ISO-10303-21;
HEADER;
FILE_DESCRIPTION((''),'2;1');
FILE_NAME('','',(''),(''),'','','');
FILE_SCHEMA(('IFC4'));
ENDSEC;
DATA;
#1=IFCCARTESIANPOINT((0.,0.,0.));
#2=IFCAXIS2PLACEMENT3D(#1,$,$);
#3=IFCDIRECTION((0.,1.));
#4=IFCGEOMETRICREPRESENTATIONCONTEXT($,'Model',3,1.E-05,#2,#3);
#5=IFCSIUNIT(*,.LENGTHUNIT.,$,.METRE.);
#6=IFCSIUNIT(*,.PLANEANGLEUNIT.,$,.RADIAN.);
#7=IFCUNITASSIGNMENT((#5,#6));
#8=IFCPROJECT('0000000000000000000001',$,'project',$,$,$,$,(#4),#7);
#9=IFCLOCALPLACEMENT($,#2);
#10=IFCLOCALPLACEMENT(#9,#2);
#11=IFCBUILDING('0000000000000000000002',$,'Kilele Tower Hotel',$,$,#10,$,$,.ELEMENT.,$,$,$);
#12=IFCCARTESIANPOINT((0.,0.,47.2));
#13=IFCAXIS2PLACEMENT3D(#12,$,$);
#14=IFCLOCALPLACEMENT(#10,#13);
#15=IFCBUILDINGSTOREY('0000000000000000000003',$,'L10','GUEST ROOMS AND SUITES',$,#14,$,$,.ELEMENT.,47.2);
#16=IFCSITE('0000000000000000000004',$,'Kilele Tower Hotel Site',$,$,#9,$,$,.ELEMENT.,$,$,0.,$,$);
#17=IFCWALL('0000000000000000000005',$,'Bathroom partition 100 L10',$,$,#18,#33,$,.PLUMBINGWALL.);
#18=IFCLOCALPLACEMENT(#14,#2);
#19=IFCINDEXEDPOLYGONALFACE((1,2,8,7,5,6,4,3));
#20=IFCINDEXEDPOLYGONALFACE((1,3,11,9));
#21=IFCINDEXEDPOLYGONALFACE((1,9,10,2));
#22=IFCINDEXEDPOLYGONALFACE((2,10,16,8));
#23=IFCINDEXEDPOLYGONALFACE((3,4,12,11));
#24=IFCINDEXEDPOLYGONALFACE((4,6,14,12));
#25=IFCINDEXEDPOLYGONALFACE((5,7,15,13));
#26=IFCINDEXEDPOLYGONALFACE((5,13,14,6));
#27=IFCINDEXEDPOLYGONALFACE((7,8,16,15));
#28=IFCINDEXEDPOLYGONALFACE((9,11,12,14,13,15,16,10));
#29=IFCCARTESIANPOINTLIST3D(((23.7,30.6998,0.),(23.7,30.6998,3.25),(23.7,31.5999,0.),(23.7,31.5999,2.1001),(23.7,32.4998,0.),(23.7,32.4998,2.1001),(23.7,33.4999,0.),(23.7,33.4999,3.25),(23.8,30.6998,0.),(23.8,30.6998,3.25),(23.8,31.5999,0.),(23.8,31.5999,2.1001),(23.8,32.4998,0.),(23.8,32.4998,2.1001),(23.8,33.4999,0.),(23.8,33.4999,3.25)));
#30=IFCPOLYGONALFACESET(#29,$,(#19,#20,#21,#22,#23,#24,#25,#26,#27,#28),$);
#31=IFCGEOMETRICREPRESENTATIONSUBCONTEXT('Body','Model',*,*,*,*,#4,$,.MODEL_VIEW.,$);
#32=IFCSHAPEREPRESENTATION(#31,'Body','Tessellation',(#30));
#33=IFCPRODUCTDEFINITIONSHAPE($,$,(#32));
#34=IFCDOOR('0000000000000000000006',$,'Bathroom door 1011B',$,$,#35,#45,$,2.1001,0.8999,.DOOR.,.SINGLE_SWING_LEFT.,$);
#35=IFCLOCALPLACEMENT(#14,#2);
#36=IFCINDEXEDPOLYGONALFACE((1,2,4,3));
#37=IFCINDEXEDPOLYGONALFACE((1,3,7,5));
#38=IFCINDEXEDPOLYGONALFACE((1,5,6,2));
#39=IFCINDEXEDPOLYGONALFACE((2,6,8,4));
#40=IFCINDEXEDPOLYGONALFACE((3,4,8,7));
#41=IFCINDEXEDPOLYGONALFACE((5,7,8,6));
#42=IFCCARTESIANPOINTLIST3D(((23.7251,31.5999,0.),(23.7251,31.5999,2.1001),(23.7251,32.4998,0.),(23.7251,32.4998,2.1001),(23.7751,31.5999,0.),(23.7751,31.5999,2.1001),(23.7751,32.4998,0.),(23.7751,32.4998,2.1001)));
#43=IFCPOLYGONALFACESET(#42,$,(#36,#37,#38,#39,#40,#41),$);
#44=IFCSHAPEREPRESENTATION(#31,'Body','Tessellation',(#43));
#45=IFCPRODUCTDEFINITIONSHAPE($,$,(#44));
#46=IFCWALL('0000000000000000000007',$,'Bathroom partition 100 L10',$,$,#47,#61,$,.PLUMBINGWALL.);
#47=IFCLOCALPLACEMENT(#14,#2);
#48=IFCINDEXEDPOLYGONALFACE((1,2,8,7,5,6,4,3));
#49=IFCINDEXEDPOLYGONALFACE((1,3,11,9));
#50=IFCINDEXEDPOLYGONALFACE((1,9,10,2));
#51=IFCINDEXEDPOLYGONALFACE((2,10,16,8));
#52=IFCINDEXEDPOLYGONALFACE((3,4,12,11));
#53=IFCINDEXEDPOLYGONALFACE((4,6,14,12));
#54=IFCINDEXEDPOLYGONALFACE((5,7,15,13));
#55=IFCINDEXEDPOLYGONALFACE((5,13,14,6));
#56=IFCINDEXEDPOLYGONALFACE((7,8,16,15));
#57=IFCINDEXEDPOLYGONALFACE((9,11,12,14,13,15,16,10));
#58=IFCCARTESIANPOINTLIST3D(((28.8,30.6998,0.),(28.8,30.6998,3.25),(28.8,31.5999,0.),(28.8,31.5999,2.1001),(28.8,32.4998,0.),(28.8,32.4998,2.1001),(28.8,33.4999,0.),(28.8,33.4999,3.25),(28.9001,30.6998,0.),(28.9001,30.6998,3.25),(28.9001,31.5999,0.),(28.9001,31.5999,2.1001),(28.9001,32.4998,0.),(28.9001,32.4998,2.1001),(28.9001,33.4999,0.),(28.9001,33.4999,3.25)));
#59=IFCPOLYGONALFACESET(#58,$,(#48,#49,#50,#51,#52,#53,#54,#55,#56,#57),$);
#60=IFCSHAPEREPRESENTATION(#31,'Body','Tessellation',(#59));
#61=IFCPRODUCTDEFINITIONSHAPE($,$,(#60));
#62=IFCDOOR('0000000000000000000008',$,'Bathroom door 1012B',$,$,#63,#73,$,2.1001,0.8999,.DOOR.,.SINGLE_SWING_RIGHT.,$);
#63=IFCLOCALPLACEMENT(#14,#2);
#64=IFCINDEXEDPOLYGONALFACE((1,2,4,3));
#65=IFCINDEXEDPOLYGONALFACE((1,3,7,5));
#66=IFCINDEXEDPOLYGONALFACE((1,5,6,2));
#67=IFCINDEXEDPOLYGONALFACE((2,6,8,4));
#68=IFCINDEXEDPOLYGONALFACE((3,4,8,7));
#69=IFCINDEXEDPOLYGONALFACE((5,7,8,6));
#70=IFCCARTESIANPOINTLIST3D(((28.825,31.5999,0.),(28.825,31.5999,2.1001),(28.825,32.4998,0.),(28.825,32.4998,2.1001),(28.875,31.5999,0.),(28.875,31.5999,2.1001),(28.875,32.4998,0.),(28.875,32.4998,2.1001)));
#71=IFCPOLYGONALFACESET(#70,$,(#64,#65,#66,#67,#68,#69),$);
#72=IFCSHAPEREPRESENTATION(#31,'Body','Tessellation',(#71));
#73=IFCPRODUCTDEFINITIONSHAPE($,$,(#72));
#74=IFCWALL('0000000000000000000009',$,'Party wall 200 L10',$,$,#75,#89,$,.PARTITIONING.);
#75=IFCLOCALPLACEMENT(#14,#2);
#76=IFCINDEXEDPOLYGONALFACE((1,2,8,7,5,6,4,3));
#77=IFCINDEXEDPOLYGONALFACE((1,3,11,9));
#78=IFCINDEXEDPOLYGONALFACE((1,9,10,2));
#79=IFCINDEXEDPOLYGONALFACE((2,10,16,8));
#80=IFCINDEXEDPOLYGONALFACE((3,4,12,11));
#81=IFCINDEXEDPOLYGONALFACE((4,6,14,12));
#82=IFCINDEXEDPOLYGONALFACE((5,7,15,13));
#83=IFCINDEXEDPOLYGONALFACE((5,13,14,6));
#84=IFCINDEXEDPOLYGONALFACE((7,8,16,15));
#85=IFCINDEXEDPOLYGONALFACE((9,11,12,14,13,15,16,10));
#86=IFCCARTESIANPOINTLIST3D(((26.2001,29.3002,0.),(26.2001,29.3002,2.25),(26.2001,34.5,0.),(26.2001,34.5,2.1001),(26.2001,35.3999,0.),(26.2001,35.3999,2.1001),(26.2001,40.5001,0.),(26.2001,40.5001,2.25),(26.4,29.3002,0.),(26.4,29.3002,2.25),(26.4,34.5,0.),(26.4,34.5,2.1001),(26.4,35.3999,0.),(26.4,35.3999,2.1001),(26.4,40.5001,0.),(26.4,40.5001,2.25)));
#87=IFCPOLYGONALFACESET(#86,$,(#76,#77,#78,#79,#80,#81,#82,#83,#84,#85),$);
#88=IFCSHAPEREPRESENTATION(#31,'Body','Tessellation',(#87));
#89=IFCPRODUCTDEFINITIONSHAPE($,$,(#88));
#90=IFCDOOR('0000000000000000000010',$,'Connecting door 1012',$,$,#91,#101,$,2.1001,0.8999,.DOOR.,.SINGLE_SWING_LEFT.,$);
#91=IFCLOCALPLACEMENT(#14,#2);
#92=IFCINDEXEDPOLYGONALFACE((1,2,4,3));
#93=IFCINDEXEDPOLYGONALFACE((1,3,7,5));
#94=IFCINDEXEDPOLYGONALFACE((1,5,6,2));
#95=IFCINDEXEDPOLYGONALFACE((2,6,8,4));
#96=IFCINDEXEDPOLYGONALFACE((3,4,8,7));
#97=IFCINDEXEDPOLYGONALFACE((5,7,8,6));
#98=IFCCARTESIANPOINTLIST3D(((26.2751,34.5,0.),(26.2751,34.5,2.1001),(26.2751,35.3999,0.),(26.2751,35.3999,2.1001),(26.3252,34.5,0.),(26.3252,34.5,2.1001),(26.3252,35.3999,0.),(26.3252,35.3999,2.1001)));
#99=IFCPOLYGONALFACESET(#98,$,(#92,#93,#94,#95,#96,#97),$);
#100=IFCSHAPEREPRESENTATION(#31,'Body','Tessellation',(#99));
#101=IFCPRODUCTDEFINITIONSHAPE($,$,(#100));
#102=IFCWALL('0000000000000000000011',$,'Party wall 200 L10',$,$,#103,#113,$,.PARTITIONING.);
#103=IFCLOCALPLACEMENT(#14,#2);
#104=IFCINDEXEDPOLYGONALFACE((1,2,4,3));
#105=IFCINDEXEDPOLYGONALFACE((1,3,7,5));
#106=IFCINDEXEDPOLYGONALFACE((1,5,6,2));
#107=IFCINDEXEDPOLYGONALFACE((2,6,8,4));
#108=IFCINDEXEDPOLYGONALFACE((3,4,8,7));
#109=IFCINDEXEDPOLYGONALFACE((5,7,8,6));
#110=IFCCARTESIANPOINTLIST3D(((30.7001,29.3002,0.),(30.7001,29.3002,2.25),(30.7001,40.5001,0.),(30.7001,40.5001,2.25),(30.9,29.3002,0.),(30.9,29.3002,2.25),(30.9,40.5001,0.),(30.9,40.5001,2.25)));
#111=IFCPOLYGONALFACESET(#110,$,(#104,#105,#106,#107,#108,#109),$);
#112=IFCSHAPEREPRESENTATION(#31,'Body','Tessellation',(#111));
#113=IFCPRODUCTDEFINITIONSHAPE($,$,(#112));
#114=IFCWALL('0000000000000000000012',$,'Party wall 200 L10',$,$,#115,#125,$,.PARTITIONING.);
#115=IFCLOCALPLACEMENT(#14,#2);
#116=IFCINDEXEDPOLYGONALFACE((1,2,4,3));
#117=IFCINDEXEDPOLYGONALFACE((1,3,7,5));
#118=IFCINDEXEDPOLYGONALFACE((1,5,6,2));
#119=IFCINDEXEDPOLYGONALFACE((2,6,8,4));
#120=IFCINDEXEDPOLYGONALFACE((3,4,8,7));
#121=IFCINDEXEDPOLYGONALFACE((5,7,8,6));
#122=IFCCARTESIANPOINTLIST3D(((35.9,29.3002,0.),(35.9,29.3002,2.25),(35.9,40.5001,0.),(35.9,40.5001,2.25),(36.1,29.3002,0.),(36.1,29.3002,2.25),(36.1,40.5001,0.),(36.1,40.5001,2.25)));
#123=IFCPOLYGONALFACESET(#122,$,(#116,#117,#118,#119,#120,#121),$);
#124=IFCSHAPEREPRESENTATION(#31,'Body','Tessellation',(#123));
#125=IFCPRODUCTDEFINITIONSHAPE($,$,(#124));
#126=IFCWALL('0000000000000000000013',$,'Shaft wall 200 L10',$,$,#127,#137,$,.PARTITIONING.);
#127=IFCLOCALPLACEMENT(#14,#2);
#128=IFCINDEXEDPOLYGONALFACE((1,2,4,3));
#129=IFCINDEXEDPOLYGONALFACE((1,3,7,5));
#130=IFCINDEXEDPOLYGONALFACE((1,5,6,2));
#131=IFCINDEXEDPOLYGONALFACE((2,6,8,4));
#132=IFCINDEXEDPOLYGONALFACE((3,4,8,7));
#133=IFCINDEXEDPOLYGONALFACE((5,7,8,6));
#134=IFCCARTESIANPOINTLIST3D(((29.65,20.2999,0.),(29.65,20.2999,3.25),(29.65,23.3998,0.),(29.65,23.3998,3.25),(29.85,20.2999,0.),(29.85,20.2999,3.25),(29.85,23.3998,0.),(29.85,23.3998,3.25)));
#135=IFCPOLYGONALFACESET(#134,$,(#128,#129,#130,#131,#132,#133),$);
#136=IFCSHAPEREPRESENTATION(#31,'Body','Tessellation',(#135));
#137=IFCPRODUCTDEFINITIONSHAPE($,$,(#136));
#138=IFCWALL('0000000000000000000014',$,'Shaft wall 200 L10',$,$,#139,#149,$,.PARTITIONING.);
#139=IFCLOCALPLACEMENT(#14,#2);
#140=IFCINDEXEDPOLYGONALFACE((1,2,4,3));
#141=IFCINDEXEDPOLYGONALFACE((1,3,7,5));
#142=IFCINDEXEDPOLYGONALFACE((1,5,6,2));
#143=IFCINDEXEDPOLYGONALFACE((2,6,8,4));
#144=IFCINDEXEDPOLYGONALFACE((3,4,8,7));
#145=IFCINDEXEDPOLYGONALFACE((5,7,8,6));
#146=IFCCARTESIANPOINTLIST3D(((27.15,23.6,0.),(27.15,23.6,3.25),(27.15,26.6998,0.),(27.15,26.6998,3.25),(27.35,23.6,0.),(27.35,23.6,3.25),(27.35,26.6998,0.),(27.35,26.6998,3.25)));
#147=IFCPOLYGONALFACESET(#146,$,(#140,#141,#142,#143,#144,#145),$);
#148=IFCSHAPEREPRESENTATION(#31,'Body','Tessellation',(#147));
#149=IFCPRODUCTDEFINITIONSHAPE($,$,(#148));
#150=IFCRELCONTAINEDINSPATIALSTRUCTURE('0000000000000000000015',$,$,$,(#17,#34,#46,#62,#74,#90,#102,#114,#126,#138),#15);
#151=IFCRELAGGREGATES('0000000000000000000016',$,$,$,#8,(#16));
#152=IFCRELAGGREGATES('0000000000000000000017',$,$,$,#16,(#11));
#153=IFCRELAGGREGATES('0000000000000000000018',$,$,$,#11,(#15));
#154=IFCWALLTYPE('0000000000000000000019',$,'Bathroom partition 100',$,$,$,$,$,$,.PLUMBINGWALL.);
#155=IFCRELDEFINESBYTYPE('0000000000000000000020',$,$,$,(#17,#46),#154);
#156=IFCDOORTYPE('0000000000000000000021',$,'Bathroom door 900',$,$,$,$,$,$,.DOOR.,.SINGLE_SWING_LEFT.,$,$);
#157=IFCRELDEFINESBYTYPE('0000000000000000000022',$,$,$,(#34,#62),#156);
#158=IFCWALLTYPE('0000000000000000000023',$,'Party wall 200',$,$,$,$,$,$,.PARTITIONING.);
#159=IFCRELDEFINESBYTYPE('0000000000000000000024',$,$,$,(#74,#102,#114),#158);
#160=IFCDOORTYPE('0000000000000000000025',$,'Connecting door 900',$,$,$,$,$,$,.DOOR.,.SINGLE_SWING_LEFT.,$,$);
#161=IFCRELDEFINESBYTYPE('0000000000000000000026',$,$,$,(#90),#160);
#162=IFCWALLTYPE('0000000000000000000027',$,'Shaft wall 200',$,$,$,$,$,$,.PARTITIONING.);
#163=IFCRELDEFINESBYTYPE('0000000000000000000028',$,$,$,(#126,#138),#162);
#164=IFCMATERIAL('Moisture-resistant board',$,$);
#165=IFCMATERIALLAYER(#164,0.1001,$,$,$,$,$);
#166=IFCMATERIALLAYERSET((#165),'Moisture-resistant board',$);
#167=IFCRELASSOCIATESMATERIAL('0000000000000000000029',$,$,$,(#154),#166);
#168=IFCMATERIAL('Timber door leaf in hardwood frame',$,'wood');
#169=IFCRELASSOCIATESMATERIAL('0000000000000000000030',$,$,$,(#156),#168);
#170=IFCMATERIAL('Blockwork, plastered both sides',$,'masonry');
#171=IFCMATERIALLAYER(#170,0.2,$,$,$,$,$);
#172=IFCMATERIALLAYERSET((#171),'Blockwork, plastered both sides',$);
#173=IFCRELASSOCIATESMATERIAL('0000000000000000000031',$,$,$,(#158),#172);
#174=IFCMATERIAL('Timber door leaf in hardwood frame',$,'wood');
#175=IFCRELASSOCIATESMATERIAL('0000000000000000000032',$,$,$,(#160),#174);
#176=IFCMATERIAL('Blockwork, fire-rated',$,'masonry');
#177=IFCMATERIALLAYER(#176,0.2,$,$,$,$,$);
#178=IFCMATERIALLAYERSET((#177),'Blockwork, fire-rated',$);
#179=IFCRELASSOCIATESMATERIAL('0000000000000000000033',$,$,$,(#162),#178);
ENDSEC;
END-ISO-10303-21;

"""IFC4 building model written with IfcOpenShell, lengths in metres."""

from ifc_helpers import new_model, si_unit, direction, frame, frame_2d, origin, place, context, subcontext, project, spatial, rectangle, extrude, material, layer, layer_set, type_object, element, fill, save


model = new_model("IFC4")

# Units and contexts
model_context = context("Model", 3, precision=1e-05, world=origin(), true_north=direction((0.0, 1.0)))
body_context = subcontext(model_context, "Body", "Model", "MODEL_VIEW")
ifc_project = project(units=[si_unit("LENGTHUNIT", "METRE"), si_unit("PLANEANGLEUNIT", "RADIAN")], contexts=[model_context])

# Site, building, storey
site_placement = place(None, origin())
site = spatial("IfcSite", under=ifc_project, at=site_placement, Name="Kilele Tower Hotel Site", CompositionType="ELEMENT", RefElevation=0.0)
building_placement = place(site_placement, origin())
building = spatial("IfcBuilding", under=site, at=building_placement, Name="Kilele Tower Hotel", CompositionType="ELEMENT")
storey_placement = place(building_placement, frame((0.0, 0.0, 47.2)))
storey = spatial("IfcBuildingStorey", under=building, at=storey_placement, Name="L10", Description="GUEST ROOMS AND SUITES", CompositionType="ELEMENT", Elevation=47.2)

# Walls, openings, doors
ifc_material_1 = material(Name="Moisture-resistant board")
ifc_layer_1 = layer(ifc_material_1, 0.1001)
ifc_layer_set_1 = layer_set([ifc_layer_1], Name="Moisture-resistant board")
wall_type_1 = type_object("IfcWallType", Name="Bathroom partition 100", PredefinedType="PLUMBINGWALL", material=ifc_layer_set_1)
wall_1_placement = place(storey_placement, frame((23.75, 30.7, 0.0), z_axis=(0.0, 0.0, 1.0), x_axis=(0.0, 1.0, 0.0)))
wall_1 = element("IfcWall", 1, at=wall_1_placement, inside=storey, type_object=wall_type_1, Name="Bathroom partition 100 L10", PredefinedType="PLUMBINGWALL", context=body_context, shape_type="SweptSolid", body=[
    extrude(rectangle(XDim=2.8, YDim=0.1001, at=frame_2d((1.3999, 0.0))), origin(), (0.0, 0.0, 1.0), 3.25),
])
opening_1_placement = place(wall_1_placement, frame((0.8999, 0.0, 0.0)))
opening_1 = element("IfcOpeningElement", 2, at=opening_1_placement, cuts=wall_1, PredefinedType="OPENING", context=body_context, shape_type="SweptSolid", body=[
    extrude(rectangle(XDim=0.8999, YDim=2.1001, at=frame_2d((0.45, 1.05))), frame((0.0, 0.0601, 0.0), z_axis=(0.0, -1.0, 0.0), x_axis=(1.0, 0.0, 0.0)), (0.0, 0.0, 1.0), 0.1201),
])
ifc_material_2 = material(Name="Timber door leaf in hardwood frame", Category="wood")
door_type_1 = type_object("IfcDoorType", Name="Bathroom door 900", OperationType="SINGLE_SWING_LEFT", PredefinedType="DOOR", material=ifc_material_2)
door_1_placement = place(opening_1_placement, origin())
door_1 = element("IfcDoor", 3, at=door_1_placement, inside=storey, type_object=door_type_1, Name="Bathroom door 1011B", OperationType="SINGLE_SWING_LEFT", OverallHeight=2.1001, OverallWidth=0.8999, PredefinedType="DOOR", context=body_context, shape_type="SweptSolid", body=[
    extrude(rectangle(XDim=0.8999, YDim=2.1001, at=frame_2d((0.45, 1.05))), frame((0.0, 0.0249, 0.0), z_axis=(0.0, -1.0, 0.0), x_axis=(1.0, 0.0, 0.0)), (0.0, 0.0, 1.0), 0.05),
])
fill(opening_1, door_1)
wall_2_placement = place(storey_placement, frame((28.8501, 30.7, 0.0), z_axis=(0.0, 0.0, 1.0), x_axis=(0.0, 1.0, 0.0)))
wall_2 = element("IfcWall", 4, at=wall_2_placement, inside=storey, type_object=wall_type_1, Name="Bathroom partition 100 L10", PredefinedType="PLUMBINGWALL", context=body_context, shape_type="SweptSolid", body=[
    extrude(rectangle(XDim=2.8, YDim=0.1001, at=frame_2d((1.3999, 0.0))), origin(), (0.0, 0.0, 1.0), 3.25),
])
opening_2_placement = place(wall_2_placement, frame((1.7998, 0.0, 0.0), z_axis=(0.0, 0.0, 1.0), x_axis=(-1.0, 0.0, 0.0)))
opening_2 = element("IfcOpeningElement", 5, at=opening_2_placement, cuts=wall_2, PredefinedType="OPENING", context=body_context, shape_type="SweptSolid", body=[
    extrude(rectangle(XDim=0.8999, YDim=2.1001, at=frame_2d((0.45, 1.05))), frame((0.0, 0.0601, 0.0), z_axis=(0.0, -1.0, 0.0), x_axis=(1.0, 0.0, 0.0)), (0.0, 0.0, 1.0), 0.1201),
])
door_2_placement = place(opening_2_placement, origin())
door_2 = element("IfcDoor", 6, at=door_2_placement, inside=storey, type_object=door_type_1, Name="Bathroom door 1012B", OperationType="SINGLE_SWING_RIGHT", OverallHeight=2.1001, OverallWidth=0.8999, PredefinedType="DOOR", context=body_context, shape_type="SweptSolid", body=[
    extrude(rectangle(XDim=0.8999, YDim=2.1001, at=frame_2d((0.45, 1.05))), frame((0.0, 0.0249, 0.0), z_axis=(0.0, -1.0, 0.0), x_axis=(1.0, 0.0, 0.0)), (0.0, 0.0, 1.0), 0.05),
])
fill(opening_2, door_2)
ifc_material_3 = material(Name="Blockwork, plastered both sides", Category="masonry")
ifc_layer_2 = layer(ifc_material_3, 0.2)
ifc_layer_set_2 = layer_set([ifc_layer_2], Name="Blockwork, plastered both sides")
wall_type_2 = type_object("IfcWallType", Name="Party wall 200", PredefinedType="PARTITIONING", material=ifc_layer_set_2)
wall_3_placement = place(storey_placement, frame((26.3, 29.3, 0.0), z_axis=(0.0, 0.0, 1.0), x_axis=(0.0, 1.0, 0.0)))
wall_3 = element("IfcWall", 7, at=wall_3_placement, inside=storey, type_object=wall_type_2, Name="Party wall 200 L10", PredefinedType="PARTITIONING", context=body_context, shape_type="SweptSolid", body=[
    extrude(rectangle(XDim=11.2, YDim=0.2, at=frame_2d((5.6001, 0.0))), origin(), (0.0, 0.0, 1.0), 2.25),
])
opening_3_placement = place(wall_3_placement, frame((5.2, 0.0, 0.0)))
opening_3 = element("IfcOpeningElement", 8, at=opening_3_placement, cuts=wall_3, PredefinedType="OPENING", context=body_context, shape_type="SweptSolid", body=[
    extrude(rectangle(XDim=0.8999, YDim=2.1001, at=frame_2d((0.45, 1.05))), frame((0.0, 0.1099, 0.0), z_axis=(0.0, -1.0, 0.0), x_axis=(1.0, 0.0, 0.0)), (0.0, 0.0, 1.0), 0.22),
])
ifc_material_4 = material(Name="Timber door leaf in hardwood frame", Category="wood")
door_type_2 = type_object("IfcDoorType", Name="Connecting door 900", OperationType="SINGLE_SWING_LEFT", PredefinedType="DOOR", material=ifc_material_4)
door_3_placement = place(opening_3_placement, origin())
door_3 = element("IfcDoor", 9, at=door_3_placement, inside=storey, type_object=door_type_2, Name="Connecting door 1012", OperationType="SINGLE_SWING_LEFT", OverallHeight=2.1001, OverallWidth=0.8999, PredefinedType="DOOR", context=body_context, shape_type="SweptSolid", body=[
    extrude(rectangle(XDim=0.8999, YDim=2.1001, at=frame_2d((0.45, 1.05))), frame((0.0, 0.0249, 0.0), z_axis=(0.0, -1.0, 0.0), x_axis=(1.0, 0.0, 0.0)), (0.0, 0.0, 1.0), 0.05),
])
fill(opening_3, door_3)

# Walls
for number, where, z_axis, x_axis, name in (
    (10, (30.8, 29.3, 0.0), (0.0, 0.0, 1.0), (0.0, 1.0, 0.0), "Party wall 200 L10"),
    (11, (36.0, 29.3, 0.0), (0.0, 0.0, 1.0), (0.0, 1.0, 0.0), "Party wall 200 L10"),
):
    element("IfcWall", number, at=place(storey_placement, frame(where, z_axis=z_axis, x_axis=x_axis)), inside=storey, type_object=wall_type_2, Name=name, PredefinedType="PARTITIONING", context=body_context, shape_type="SweptSolid", body=[
        extrude(rectangle(XDim=11.2, YDim=0.2, at=frame_2d((5.6001, 0.0))), origin(), (0.0, 0.0, 1.0), 2.25),
    ])
ifc_material_5 = material(Name="Blockwork, fire-rated", Category="masonry")
ifc_layer_3 = layer(ifc_material_5, 0.2)
ifc_layer_set_3 = layer_set([ifc_layer_3], Name="Blockwork, fire-rated")
wall_type_3 = type_object("IfcWallType", Name="Shaft wall 200", PredefinedType="PARTITIONING", material=ifc_layer_set_3)
for number, where, z_axis, x_axis, name in (
    (12, (29.75, 20.3, 0.0), (0.0, 0.0, 1.0), (0.0, 1.0, 0.0), "Shaft wall 200 L10"),
    (13, (27.25, 23.6001, 0.0), (0.0, 0.0, 1.0), (0.0, 1.0, 0.0), "Shaft wall 200 L10"),
):
    element("IfcWall", number, at=place(storey_placement, frame(where, z_axis=z_axis, x_axis=x_axis)), inside=storey, type_object=wall_type_3, Name=name, PredefinedType="PARTITIONING", context=body_context, shape_type="SweptSolid", body=[
        extrude(rectangle(XDim=3.0999, YDim=0.2, at=frame_2d((1.5498, 0.0))), origin(), (0.0, 0.0, 1.0), 3.25),
    ])

save(model, "model.ifc")
